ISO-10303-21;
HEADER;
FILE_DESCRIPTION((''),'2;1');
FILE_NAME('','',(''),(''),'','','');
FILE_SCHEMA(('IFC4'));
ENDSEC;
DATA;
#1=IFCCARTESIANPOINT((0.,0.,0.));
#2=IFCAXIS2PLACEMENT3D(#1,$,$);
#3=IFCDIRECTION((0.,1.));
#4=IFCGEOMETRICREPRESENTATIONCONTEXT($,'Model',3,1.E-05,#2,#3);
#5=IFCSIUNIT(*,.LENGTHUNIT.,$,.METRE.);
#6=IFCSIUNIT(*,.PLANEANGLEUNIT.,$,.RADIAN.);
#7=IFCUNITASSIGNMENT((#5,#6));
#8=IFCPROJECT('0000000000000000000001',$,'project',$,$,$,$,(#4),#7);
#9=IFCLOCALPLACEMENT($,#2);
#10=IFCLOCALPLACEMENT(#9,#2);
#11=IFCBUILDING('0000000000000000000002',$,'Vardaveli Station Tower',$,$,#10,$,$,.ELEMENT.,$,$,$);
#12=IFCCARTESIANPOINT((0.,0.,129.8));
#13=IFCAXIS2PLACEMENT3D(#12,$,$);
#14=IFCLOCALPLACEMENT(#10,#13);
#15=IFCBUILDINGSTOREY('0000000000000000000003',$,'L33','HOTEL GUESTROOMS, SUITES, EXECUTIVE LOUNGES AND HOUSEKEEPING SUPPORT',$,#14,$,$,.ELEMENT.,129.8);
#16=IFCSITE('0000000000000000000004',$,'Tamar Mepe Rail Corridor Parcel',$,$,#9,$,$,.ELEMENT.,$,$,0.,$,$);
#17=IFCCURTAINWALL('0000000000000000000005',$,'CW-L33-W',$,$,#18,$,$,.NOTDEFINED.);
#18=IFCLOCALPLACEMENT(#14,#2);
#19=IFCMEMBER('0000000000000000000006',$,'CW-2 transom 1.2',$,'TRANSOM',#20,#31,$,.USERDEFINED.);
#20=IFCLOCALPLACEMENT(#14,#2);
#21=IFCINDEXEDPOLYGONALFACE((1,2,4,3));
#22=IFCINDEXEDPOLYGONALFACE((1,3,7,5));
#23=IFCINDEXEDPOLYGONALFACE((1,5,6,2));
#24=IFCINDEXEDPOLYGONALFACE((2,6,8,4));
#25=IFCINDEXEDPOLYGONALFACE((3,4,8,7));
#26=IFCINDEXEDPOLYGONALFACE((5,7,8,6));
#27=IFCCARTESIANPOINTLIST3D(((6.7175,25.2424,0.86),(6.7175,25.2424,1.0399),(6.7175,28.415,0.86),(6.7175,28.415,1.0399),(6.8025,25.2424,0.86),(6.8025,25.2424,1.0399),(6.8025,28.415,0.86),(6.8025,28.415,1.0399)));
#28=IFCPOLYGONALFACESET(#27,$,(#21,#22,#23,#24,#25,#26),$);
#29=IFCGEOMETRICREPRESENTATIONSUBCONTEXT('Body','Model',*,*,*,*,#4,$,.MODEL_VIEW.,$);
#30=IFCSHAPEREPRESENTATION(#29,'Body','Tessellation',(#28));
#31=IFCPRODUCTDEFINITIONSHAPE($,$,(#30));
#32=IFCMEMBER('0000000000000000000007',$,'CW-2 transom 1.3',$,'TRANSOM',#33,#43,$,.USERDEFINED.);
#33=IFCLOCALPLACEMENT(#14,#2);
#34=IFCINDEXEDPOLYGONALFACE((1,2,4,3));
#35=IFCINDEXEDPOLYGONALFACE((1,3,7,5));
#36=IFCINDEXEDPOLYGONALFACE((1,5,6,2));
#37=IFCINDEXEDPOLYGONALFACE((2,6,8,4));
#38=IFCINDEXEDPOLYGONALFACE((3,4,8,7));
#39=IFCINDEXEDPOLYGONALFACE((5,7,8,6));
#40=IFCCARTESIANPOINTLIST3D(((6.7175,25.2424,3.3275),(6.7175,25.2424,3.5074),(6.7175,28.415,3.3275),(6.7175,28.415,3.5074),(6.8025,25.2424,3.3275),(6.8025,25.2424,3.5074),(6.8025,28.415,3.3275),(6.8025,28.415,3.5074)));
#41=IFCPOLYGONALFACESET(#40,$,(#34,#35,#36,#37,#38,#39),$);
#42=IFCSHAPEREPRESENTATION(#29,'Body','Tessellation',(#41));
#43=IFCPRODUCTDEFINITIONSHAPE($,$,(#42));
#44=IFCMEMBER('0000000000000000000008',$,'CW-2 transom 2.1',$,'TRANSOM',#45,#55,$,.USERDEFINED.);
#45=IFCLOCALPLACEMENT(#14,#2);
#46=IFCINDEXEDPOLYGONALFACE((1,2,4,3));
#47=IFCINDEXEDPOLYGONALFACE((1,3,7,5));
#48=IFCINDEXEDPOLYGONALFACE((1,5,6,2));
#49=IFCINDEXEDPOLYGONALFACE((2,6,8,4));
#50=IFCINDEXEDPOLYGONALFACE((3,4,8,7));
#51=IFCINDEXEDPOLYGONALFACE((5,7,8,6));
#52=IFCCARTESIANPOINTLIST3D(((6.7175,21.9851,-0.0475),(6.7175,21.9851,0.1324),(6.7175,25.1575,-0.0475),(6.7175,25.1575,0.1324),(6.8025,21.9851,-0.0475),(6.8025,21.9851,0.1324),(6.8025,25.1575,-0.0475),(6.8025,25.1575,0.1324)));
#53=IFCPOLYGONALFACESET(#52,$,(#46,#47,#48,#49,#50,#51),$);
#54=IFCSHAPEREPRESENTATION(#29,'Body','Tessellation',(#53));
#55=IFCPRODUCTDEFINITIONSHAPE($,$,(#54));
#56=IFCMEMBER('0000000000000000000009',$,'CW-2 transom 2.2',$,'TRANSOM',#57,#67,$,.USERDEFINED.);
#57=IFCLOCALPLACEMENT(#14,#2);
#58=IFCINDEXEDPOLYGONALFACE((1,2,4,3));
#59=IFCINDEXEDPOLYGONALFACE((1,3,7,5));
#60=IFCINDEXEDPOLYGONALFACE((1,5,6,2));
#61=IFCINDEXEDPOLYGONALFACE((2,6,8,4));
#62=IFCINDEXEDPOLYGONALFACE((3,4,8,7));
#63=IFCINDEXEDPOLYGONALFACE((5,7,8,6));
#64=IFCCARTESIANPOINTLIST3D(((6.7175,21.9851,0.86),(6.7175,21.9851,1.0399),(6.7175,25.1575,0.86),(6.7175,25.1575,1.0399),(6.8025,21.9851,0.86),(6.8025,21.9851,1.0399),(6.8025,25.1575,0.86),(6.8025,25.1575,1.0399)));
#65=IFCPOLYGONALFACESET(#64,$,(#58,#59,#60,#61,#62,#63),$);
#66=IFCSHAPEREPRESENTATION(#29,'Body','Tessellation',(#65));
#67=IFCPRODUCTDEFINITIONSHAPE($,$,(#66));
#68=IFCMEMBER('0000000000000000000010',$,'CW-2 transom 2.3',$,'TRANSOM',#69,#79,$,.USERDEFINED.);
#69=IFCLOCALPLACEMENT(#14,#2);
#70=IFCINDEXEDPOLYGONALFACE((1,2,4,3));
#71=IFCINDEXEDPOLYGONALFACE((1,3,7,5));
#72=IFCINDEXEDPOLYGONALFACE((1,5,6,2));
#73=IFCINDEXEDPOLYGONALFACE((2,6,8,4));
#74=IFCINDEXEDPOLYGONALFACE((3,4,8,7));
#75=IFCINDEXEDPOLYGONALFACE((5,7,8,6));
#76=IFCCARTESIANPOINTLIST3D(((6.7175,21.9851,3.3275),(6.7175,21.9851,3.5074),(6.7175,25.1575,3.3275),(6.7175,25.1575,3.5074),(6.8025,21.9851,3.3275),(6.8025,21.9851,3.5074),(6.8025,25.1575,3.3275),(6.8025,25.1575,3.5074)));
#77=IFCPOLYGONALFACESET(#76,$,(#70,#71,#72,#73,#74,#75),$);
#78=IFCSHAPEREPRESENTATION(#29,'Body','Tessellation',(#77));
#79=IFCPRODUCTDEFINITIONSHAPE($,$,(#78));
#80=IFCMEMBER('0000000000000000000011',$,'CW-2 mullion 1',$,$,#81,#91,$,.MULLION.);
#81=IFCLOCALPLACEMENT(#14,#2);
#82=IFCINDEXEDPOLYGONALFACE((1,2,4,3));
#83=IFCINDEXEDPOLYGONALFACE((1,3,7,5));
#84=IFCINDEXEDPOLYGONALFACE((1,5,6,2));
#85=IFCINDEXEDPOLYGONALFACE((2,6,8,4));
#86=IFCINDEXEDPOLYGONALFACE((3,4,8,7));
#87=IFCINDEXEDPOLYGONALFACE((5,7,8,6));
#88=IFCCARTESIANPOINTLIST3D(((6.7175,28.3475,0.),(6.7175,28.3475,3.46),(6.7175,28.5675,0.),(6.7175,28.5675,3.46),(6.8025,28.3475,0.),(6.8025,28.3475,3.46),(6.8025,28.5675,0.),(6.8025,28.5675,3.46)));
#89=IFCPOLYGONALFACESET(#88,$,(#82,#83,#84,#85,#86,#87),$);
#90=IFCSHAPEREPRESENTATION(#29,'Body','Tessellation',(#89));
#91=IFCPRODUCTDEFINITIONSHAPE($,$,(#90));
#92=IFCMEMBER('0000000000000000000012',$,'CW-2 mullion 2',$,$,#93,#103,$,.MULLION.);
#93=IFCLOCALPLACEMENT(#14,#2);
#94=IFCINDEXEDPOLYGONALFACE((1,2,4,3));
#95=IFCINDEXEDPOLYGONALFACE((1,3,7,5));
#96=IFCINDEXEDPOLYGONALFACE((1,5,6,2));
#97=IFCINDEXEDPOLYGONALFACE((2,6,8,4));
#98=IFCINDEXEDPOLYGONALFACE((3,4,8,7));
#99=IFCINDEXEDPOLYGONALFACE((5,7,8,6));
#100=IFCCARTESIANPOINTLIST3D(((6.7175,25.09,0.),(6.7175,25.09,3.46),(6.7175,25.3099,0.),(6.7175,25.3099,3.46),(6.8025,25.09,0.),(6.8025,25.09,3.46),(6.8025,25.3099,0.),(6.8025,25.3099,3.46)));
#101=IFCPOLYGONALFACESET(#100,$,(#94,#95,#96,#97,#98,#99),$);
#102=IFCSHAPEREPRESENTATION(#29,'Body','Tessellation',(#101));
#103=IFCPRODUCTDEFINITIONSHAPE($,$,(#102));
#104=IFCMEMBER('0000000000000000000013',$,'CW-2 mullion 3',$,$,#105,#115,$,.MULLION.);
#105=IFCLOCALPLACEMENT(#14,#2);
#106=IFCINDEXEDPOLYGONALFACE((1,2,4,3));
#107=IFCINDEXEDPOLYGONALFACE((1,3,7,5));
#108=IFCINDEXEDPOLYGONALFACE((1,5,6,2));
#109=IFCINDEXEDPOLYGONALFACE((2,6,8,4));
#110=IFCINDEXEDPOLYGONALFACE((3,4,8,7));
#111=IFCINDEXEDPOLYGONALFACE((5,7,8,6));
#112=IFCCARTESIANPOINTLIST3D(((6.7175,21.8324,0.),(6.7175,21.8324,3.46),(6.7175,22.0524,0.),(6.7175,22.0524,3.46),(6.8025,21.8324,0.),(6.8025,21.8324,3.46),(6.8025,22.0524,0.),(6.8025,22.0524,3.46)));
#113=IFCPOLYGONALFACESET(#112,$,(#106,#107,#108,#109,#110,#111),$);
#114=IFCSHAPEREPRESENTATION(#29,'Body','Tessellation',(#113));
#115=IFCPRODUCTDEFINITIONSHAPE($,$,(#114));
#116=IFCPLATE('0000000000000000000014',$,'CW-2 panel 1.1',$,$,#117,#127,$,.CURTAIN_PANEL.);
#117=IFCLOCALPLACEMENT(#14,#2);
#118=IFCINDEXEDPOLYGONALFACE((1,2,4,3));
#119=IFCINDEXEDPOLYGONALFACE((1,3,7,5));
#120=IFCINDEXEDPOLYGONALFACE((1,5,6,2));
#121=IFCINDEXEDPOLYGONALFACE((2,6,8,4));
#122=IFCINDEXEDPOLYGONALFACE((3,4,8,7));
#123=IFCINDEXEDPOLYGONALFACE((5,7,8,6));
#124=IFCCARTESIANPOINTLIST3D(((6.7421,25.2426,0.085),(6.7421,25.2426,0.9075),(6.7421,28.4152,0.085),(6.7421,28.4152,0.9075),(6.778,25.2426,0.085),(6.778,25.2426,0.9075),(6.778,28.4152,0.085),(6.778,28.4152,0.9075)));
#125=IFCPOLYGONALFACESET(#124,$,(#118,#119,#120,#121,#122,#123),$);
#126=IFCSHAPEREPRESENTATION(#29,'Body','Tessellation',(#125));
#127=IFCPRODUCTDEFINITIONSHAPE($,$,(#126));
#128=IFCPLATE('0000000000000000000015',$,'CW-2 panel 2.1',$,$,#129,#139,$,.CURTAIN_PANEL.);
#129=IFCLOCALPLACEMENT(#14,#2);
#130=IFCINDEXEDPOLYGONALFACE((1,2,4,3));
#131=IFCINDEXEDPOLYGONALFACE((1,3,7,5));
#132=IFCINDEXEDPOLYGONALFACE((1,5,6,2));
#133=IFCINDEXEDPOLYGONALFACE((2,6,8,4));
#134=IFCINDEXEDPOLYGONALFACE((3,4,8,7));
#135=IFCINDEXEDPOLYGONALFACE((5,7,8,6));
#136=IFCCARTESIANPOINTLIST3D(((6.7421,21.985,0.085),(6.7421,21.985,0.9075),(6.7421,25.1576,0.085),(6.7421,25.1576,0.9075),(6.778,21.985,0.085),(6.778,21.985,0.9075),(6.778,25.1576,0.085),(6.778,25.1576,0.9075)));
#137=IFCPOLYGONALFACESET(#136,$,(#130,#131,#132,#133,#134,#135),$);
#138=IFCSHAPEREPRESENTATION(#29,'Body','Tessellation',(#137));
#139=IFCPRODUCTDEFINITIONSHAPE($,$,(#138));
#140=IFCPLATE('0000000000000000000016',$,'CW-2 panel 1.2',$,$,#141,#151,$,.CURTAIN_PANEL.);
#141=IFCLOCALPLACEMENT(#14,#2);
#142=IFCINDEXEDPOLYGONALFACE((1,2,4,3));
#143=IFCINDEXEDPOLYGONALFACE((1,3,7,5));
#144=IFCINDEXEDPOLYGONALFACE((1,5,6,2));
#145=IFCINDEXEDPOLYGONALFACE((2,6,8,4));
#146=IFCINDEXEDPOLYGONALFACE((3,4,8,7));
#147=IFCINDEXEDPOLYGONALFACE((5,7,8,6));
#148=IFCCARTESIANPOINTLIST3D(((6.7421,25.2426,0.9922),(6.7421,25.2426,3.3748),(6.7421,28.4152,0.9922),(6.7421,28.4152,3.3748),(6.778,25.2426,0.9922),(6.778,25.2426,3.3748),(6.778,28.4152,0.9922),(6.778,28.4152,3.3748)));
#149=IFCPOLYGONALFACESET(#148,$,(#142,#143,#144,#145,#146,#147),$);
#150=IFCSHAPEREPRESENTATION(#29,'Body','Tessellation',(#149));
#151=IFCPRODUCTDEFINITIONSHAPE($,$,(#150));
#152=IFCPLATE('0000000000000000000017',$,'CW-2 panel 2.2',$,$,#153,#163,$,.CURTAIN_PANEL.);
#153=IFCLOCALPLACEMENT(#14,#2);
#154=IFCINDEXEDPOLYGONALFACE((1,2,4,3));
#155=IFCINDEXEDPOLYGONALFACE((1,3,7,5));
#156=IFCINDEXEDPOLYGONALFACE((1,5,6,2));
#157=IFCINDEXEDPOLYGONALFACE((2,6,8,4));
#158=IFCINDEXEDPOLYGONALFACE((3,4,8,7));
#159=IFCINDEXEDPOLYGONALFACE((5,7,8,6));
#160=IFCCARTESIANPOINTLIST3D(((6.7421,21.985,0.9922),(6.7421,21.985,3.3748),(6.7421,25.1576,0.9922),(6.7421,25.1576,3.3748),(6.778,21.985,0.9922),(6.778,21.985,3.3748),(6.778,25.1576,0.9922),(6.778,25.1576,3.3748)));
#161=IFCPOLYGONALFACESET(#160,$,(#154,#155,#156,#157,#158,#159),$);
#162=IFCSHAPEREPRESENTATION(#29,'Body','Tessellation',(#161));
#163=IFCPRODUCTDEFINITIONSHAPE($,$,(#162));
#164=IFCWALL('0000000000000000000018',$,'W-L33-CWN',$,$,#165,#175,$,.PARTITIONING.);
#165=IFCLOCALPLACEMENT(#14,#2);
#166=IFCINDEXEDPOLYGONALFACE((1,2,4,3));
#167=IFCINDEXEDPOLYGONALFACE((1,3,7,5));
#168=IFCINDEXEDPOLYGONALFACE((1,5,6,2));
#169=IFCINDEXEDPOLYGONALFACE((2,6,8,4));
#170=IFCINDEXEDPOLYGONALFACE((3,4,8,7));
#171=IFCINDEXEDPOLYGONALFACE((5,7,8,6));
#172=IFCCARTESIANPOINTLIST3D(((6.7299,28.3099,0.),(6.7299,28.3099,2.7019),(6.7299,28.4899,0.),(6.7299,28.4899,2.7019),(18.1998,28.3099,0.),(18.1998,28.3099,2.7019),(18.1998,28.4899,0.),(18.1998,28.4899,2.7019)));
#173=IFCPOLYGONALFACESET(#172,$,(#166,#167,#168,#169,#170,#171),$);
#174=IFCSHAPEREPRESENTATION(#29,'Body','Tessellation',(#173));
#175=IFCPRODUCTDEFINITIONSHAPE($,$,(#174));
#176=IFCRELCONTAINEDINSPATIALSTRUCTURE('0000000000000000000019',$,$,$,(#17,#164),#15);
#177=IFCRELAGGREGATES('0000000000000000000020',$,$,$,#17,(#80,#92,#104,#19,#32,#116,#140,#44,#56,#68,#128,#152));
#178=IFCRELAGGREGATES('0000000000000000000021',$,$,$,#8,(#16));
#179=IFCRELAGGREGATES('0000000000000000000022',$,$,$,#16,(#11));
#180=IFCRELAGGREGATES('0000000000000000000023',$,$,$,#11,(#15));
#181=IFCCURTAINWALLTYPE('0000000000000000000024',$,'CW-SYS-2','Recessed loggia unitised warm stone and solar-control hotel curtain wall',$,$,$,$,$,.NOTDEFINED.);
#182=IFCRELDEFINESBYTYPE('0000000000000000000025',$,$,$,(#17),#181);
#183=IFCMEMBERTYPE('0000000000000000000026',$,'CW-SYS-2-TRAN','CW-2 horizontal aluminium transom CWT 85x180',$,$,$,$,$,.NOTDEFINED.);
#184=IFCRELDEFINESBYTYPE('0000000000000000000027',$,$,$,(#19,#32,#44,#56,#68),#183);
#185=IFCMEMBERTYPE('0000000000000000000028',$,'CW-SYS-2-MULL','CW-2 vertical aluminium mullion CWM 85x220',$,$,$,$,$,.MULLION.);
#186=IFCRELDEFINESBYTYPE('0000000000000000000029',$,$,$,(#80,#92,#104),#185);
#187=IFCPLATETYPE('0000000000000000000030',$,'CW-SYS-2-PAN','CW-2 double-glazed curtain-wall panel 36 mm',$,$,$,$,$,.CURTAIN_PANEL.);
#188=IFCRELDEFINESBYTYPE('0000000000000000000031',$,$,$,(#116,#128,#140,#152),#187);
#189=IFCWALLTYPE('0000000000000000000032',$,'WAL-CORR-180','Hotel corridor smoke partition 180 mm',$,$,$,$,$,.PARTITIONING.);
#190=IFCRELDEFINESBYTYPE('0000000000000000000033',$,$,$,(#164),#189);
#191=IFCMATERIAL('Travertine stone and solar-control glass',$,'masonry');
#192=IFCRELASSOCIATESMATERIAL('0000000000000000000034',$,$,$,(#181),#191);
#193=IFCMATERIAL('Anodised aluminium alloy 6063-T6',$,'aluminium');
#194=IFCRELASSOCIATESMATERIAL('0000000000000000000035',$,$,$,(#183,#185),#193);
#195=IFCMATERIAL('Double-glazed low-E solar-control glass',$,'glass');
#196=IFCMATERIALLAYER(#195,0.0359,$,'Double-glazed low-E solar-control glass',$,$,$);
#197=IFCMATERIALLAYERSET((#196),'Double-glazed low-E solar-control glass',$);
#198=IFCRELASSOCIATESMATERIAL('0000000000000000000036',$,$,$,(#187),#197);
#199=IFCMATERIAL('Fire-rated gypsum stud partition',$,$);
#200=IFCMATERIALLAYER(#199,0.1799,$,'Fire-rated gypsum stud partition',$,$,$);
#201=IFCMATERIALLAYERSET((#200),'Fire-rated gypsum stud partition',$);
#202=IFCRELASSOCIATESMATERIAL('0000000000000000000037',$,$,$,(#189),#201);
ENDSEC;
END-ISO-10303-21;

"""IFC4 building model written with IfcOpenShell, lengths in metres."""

from ifc_helpers import new_model, si_unit, direction, frame, frame_2d, origin, origin_2d, place, context, subcontext, project, spatial, rectangle, extrude, source, transform, mapped, material, layer, layer_set, material_profile, profile_set, type_object, element, aggregate, save


model = new_model("IFC4")

# Units and contexts
model_context = context("Model", 3, precision=1e-05, world=origin(), true_north=direction((0.0, 1.0)))
body_context = subcontext(model_context, "Body", "Model", "MODEL_VIEW")
ifc_project = project(units=[si_unit("LENGTHUNIT", "METRE"), si_unit("PLANEANGLEUNIT", "RADIAN")], contexts=[model_context])

# Site, building, storey
site_placement = place(None, origin())
site = spatial("IfcSite", under=ifc_project, at=site_placement, Name="Tamar Mepe Rail Corridor Parcel", CompositionType="ELEMENT", RefElevation=0.0)
building_placement = place(site_placement, origin())
building = spatial("IfcBuilding", under=site, at=building_placement, Name="Vardaveli Station Tower", CompositionType="ELEMENT")
storey_placement = place(building_placement, frame((0.0, 0.0, 129.8)))
storey = spatial("IfcBuildingStorey", under=building, at=storey_placement, Name="L33", Description="HOTEL GUESTROOMS, SUITES, EXECUTIVE LOUNGES AND HOUSEKEEPING SUPPORT", CompositionType="ELEMENT", Elevation=129.8)

# Curtain wall, members, plates
ifc_material_1 = material(Name="Travertine stone and solar-control glass", Category="masonry")
curtain_wall_type = type_object("IfcCurtainWallType", Name="CW-SYS-2", Description="Recessed loggia unitised warm stone and solar-control hotel curtain wall", PredefinedType="NOTDEFINED", material=ifc_material_1)
curtain_wall_placement = place(storey_placement, origin())
curtain_wall = element("IfcCurtainWall", 1, at=curtain_wall_placement, inside=storey, type_object=curtain_wall_type, Name="CW-L33-W", PredefinedType="NOTDEFINED")
ifc_material_2 = material(Name="Anodised aluminium alloy 6063-T6", Category="aluminium")
ifc_material_profile_1 = material_profile(ifc_material_2, rectangle(XDim=0.085, YDim=0.1799, at=origin_2d()), Name="CWT 85x180")
ifc_profile_set_1 = profile_set([ifc_material_profile_1], Name="Anodised aluminium alloy 6063-T6")
member_type_1 = type_object("IfcMemberType", Name="CW-SYS-2-TRAN", Description="CW-2 horizontal aluminium transom CWT 85x180", PredefinedType="NOTDEFINED", material=ifc_profile_set_1)
shared_shape_1 = source(origin(), body_context, "Body", "SweptSolid", [
    extrude(rectangle(XDim=0.085, YDim=0.1799, at=origin_2d()), origin(), (0.0, 0.0, 1.0), 3.1726),
])
member_1_placement = place(storey_placement, frame((6.76, 28.415, 0.95), z_axis=(0.0, -1.0, 0.0), x_axis=(1.0, 0.0, 0.0)))
member_1 = element("IfcMember", 2, at=member_1_placement, type_object=member_type_1, Name="CW-2 transom 1.2", ObjectType="TRANSOM", PredefinedType="USERDEFINED", context=body_context, shape_type="MappedRepresentation", body=[
    mapped(shared_shape_1, transform((0.0, 0.0, 0.0), scale=1.0)),
])
member_2_placement = place(storey_placement, frame((6.76, 28.415, 3.4175), z_axis=(0.0, -1.0, 0.0), x_axis=(1.0, 0.0, 0.0)))
member_2 = element("IfcMember", 3, at=member_2_placement, type_object=member_type_1, Name="CW-2 transom 1.3", ObjectType="TRANSOM", PredefinedType="USERDEFINED", context=body_context, shape_type="MappedRepresentation", body=[
    mapped(shared_shape_1, transform((0.0, 0.0, 0.0), scale=1.0)),
])
shared_shape_2 = source(origin(), body_context, "Body", "SweptSolid", [
    extrude(rectangle(XDim=0.085, YDim=0.1799, at=origin_2d()), origin(), (0.0, 0.0, 1.0), 3.1724),
])
member_3_placement = place(storey_placement, frame((6.76, 25.1575, 0.0425), z_axis=(0.0, -1.0, 0.0), x_axis=(1.0, 0.0, 0.0)))
member_3 = element("IfcMember", 4, at=member_3_placement, type_object=member_type_1, Name="CW-2 transom 2.1", ObjectType="TRANSOM", PredefinedType="USERDEFINED", context=body_context, shape_type="MappedRepresentation", body=[
    mapped(shared_shape_2, transform((0.0, 0.0, 0.0), scale=1.0)),
])
member_4_placement = place(storey_placement, frame((6.76, 25.1575, 0.95), z_axis=(0.0, -1.0, 0.0), x_axis=(1.0, 0.0, 0.0)))
member_4 = element("IfcMember", 5, at=member_4_placement, type_object=member_type_1, Name="CW-2 transom 2.2", ObjectType="TRANSOM", PredefinedType="USERDEFINED", context=body_context, shape_type="MappedRepresentation", body=[
    mapped(shared_shape_2, transform((0.0, 0.0, 0.0), scale=1.0)),
])
member_5_placement = place(storey_placement, frame((6.76, 25.1575, 3.4175), z_axis=(0.0, -1.0, 0.0), x_axis=(1.0, 0.0, 0.0)))
member_5 = element("IfcMember", 6, at=member_5_placement, type_object=member_type_1, Name="CW-2 transom 2.3", ObjectType="TRANSOM", PredefinedType="USERDEFINED", context=body_context, shape_type="MappedRepresentation", body=[
    mapped(shared_shape_2, transform((0.0, 0.0, 0.0), scale=1.0)),
])
ifc_material_profile_2 = material_profile(ifc_material_2, rectangle(XDim=0.085, YDim=0.22, at=origin_2d()), Name="CWM 85x220")
ifc_profile_set_2 = profile_set([ifc_material_profile_2], Name="Anodised aluminium alloy 6063-T6")
member_type_2 = type_object("IfcMemberType", Name="CW-SYS-2-MULL", Description="CW-2 vertical aluminium mullion CWM 85x220", PredefinedType="MULLION", material=ifc_profile_set_2)
shared_shape_3 = source(origin(), body_context, "Body", "SweptSolid", [
    extrude(rectangle(XDim=0.085, YDim=0.22, at=origin_2d()), origin(), (0.0, 0.0, 1.0), 3.46),
])
member_6_placement = place(storey_placement, frame((6.76, 28.4575, 0.0), z_axis=(0.0, 0.0, 1.0), x_axis=(1.0, 0.0, 0.0)))
member_6 = element("IfcMember", 7, at=member_6_placement, type_object=member_type_2, Name="CW-2 mullion 1", PredefinedType="MULLION", context=body_context, shape_type="MappedRepresentation", body=[
    mapped(shared_shape_3, transform((0.0, 0.0, 0.0), scale=1.0)),
])
member_7_placement = place(storey_placement, frame((6.76, 25.2, 0.0), z_axis=(0.0, 0.0, 1.0), x_axis=(1.0, 0.0, 0.0)))
member_7 = element("IfcMember", 8, at=member_7_placement, type_object=member_type_2, Name="CW-2 mullion 2", PredefinedType="MULLION", context=body_context, shape_type="MappedRepresentation", body=[
    mapped(shared_shape_3, transform((0.0, 0.0, 0.0), scale=1.0)),
])
member_8_placement = place(storey_placement, frame((6.76, 21.9424, 0.0), z_axis=(0.0, 0.0, 1.0), x_axis=(1.0, 0.0, 0.0)))
member_8 = element("IfcMember", 9, at=member_8_placement, type_object=member_type_2, Name="CW-2 mullion 3", PredefinedType="MULLION", context=body_context, shape_type="MappedRepresentation", body=[
    mapped(shared_shape_3, transform((0.0, 0.0, 0.0), scale=1.0)),
])
ifc_material_3 = material(Name="Double-glazed low-E solar-control glass", Category="glass")
ifc_layer_1 = layer(ifc_material_3, 0.0359, Name="Double-glazed low-E solar-control glass")
ifc_layer_set_1 = layer_set([ifc_layer_1], Name="Double-glazed low-E solar-control glass")
plate_type = type_object("IfcPlateType", Name="CW-SYS-2-PAN", Description="CW-2 double-glazed curtain-wall panel 36 mm", PredefinedType="CURTAIN_PANEL", material=ifc_layer_set_1)
shared_shape_4 = source(origin(), body_context, "Body", "SweptSolid", [
    extrude(rectangle(XDim=3.1726, YDim=0.0359, at=origin_2d()), origin(), (0.0, 0.0, 1.0), 0.8225),
])
plate_1_placement = place(storey_placement, frame((6.76, 26.8289, 0.085), z_axis=(0.0, 0.0, 1.0), x_axis=(0.0, -1.0, 0.0)))
plate_1 = element("IfcPlate", 10, at=plate_1_placement, type_object=plate_type, Name="CW-2 panel 1.1", PredefinedType="CURTAIN_PANEL", context=body_context, shape_type="MappedRepresentation", body=[
    mapped(shared_shape_4, transform((0.0, 0.0, 0.0), scale=1.0)),
])
plate_2_placement = place(storey_placement, frame((6.76, 23.5713, 0.085), z_axis=(0.0, 0.0, 1.0), x_axis=(0.0, -1.0, 0.0)))
plate_2 = element("IfcPlate", 11, at=plate_2_placement, type_object=plate_type, Name="CW-2 panel 2.1", PredefinedType="CURTAIN_PANEL", context=body_context, shape_type="MappedRepresentation", body=[
    mapped(shared_shape_4, transform((0.0, 0.0, 0.0), scale=1.0)),
])
shared_shape_5 = source(origin(), body_context, "Body", "SweptSolid", [
    extrude(rectangle(XDim=3.1726, YDim=0.0359, at=origin_2d()), origin(), (0.0, 0.0, 1.0), 2.3826),
])
plate_3_placement = place(storey_placement, frame((6.76, 26.8289, 0.9922), z_axis=(0.0, 0.0, 1.0), x_axis=(0.0, -1.0, 0.0)))
plate_3 = element("IfcPlate", 12, at=plate_3_placement, type_object=plate_type, Name="CW-2 panel 1.2", PredefinedType="CURTAIN_PANEL", context=body_context, shape_type="MappedRepresentation", body=[
    mapped(shared_shape_5, transform((0.0, 0.0, 0.0), scale=1.0)),
])
plate_4_placement = place(storey_placement, frame((6.76, 23.5713, 0.9922), z_axis=(0.0, 0.0, 1.0), x_axis=(0.0, -1.0, 0.0)))
plate_4 = element("IfcPlate", 13, at=plate_4_placement, type_object=plate_type, Name="CW-2 panel 2.2", PredefinedType="CURTAIN_PANEL", context=body_context, shape_type="MappedRepresentation", body=[
    mapped(shared_shape_5, transform((0.0, 0.0, 0.0), scale=1.0)),
])
aggregate(curtain_wall, [member_6, member_7, member_8, member_1, member_2, plate_1, plate_3, member_3, member_4, member_5, plate_2, plate_4])

# Wall
ifc_material_4 = material(Name="Fire-rated gypsum stud partition")
ifc_layer_2 = layer(ifc_material_4, 0.1799, Name="Fire-rated gypsum stud partition")
ifc_layer_set_2 = layer_set([ifc_layer_2], Name="Fire-rated gypsum stud partition")
wall_type_1 = type_object("IfcWallType", Name="WAL-CORR-180", Description="Hotel corridor smoke partition 180 mm", PredefinedType="PARTITIONING", material=ifc_layer_set_2)
shared_shape_6 = source(origin(), body_context, "Body", "SweptSolid", [
    extrude(rectangle(XDim=11.47, YDim=0.1799, at=frame_2d((5.7349, 0.0))), origin(), (0.0, 0.0, 1.0), 2.7019),
])
wall_1_placement = place(storey_placement, frame((6.73, 28.3999, 0.0), z_axis=(0.0, 0.0, 1.0), x_axis=(1.0, 0.0, 0.0)))
element("IfcWall", 14, at=wall_1_placement, inside=storey, type_object=wall_type_1, Name="W-L33-CWN", PredefinedType="PARTITIONING", context=body_context, shape_type="MappedRepresentation", body=[
    mapped(shared_shape_6, transform((0.0, 0.0, 0.0), scale=1.0)),
])

save(model, "model.ifc")
